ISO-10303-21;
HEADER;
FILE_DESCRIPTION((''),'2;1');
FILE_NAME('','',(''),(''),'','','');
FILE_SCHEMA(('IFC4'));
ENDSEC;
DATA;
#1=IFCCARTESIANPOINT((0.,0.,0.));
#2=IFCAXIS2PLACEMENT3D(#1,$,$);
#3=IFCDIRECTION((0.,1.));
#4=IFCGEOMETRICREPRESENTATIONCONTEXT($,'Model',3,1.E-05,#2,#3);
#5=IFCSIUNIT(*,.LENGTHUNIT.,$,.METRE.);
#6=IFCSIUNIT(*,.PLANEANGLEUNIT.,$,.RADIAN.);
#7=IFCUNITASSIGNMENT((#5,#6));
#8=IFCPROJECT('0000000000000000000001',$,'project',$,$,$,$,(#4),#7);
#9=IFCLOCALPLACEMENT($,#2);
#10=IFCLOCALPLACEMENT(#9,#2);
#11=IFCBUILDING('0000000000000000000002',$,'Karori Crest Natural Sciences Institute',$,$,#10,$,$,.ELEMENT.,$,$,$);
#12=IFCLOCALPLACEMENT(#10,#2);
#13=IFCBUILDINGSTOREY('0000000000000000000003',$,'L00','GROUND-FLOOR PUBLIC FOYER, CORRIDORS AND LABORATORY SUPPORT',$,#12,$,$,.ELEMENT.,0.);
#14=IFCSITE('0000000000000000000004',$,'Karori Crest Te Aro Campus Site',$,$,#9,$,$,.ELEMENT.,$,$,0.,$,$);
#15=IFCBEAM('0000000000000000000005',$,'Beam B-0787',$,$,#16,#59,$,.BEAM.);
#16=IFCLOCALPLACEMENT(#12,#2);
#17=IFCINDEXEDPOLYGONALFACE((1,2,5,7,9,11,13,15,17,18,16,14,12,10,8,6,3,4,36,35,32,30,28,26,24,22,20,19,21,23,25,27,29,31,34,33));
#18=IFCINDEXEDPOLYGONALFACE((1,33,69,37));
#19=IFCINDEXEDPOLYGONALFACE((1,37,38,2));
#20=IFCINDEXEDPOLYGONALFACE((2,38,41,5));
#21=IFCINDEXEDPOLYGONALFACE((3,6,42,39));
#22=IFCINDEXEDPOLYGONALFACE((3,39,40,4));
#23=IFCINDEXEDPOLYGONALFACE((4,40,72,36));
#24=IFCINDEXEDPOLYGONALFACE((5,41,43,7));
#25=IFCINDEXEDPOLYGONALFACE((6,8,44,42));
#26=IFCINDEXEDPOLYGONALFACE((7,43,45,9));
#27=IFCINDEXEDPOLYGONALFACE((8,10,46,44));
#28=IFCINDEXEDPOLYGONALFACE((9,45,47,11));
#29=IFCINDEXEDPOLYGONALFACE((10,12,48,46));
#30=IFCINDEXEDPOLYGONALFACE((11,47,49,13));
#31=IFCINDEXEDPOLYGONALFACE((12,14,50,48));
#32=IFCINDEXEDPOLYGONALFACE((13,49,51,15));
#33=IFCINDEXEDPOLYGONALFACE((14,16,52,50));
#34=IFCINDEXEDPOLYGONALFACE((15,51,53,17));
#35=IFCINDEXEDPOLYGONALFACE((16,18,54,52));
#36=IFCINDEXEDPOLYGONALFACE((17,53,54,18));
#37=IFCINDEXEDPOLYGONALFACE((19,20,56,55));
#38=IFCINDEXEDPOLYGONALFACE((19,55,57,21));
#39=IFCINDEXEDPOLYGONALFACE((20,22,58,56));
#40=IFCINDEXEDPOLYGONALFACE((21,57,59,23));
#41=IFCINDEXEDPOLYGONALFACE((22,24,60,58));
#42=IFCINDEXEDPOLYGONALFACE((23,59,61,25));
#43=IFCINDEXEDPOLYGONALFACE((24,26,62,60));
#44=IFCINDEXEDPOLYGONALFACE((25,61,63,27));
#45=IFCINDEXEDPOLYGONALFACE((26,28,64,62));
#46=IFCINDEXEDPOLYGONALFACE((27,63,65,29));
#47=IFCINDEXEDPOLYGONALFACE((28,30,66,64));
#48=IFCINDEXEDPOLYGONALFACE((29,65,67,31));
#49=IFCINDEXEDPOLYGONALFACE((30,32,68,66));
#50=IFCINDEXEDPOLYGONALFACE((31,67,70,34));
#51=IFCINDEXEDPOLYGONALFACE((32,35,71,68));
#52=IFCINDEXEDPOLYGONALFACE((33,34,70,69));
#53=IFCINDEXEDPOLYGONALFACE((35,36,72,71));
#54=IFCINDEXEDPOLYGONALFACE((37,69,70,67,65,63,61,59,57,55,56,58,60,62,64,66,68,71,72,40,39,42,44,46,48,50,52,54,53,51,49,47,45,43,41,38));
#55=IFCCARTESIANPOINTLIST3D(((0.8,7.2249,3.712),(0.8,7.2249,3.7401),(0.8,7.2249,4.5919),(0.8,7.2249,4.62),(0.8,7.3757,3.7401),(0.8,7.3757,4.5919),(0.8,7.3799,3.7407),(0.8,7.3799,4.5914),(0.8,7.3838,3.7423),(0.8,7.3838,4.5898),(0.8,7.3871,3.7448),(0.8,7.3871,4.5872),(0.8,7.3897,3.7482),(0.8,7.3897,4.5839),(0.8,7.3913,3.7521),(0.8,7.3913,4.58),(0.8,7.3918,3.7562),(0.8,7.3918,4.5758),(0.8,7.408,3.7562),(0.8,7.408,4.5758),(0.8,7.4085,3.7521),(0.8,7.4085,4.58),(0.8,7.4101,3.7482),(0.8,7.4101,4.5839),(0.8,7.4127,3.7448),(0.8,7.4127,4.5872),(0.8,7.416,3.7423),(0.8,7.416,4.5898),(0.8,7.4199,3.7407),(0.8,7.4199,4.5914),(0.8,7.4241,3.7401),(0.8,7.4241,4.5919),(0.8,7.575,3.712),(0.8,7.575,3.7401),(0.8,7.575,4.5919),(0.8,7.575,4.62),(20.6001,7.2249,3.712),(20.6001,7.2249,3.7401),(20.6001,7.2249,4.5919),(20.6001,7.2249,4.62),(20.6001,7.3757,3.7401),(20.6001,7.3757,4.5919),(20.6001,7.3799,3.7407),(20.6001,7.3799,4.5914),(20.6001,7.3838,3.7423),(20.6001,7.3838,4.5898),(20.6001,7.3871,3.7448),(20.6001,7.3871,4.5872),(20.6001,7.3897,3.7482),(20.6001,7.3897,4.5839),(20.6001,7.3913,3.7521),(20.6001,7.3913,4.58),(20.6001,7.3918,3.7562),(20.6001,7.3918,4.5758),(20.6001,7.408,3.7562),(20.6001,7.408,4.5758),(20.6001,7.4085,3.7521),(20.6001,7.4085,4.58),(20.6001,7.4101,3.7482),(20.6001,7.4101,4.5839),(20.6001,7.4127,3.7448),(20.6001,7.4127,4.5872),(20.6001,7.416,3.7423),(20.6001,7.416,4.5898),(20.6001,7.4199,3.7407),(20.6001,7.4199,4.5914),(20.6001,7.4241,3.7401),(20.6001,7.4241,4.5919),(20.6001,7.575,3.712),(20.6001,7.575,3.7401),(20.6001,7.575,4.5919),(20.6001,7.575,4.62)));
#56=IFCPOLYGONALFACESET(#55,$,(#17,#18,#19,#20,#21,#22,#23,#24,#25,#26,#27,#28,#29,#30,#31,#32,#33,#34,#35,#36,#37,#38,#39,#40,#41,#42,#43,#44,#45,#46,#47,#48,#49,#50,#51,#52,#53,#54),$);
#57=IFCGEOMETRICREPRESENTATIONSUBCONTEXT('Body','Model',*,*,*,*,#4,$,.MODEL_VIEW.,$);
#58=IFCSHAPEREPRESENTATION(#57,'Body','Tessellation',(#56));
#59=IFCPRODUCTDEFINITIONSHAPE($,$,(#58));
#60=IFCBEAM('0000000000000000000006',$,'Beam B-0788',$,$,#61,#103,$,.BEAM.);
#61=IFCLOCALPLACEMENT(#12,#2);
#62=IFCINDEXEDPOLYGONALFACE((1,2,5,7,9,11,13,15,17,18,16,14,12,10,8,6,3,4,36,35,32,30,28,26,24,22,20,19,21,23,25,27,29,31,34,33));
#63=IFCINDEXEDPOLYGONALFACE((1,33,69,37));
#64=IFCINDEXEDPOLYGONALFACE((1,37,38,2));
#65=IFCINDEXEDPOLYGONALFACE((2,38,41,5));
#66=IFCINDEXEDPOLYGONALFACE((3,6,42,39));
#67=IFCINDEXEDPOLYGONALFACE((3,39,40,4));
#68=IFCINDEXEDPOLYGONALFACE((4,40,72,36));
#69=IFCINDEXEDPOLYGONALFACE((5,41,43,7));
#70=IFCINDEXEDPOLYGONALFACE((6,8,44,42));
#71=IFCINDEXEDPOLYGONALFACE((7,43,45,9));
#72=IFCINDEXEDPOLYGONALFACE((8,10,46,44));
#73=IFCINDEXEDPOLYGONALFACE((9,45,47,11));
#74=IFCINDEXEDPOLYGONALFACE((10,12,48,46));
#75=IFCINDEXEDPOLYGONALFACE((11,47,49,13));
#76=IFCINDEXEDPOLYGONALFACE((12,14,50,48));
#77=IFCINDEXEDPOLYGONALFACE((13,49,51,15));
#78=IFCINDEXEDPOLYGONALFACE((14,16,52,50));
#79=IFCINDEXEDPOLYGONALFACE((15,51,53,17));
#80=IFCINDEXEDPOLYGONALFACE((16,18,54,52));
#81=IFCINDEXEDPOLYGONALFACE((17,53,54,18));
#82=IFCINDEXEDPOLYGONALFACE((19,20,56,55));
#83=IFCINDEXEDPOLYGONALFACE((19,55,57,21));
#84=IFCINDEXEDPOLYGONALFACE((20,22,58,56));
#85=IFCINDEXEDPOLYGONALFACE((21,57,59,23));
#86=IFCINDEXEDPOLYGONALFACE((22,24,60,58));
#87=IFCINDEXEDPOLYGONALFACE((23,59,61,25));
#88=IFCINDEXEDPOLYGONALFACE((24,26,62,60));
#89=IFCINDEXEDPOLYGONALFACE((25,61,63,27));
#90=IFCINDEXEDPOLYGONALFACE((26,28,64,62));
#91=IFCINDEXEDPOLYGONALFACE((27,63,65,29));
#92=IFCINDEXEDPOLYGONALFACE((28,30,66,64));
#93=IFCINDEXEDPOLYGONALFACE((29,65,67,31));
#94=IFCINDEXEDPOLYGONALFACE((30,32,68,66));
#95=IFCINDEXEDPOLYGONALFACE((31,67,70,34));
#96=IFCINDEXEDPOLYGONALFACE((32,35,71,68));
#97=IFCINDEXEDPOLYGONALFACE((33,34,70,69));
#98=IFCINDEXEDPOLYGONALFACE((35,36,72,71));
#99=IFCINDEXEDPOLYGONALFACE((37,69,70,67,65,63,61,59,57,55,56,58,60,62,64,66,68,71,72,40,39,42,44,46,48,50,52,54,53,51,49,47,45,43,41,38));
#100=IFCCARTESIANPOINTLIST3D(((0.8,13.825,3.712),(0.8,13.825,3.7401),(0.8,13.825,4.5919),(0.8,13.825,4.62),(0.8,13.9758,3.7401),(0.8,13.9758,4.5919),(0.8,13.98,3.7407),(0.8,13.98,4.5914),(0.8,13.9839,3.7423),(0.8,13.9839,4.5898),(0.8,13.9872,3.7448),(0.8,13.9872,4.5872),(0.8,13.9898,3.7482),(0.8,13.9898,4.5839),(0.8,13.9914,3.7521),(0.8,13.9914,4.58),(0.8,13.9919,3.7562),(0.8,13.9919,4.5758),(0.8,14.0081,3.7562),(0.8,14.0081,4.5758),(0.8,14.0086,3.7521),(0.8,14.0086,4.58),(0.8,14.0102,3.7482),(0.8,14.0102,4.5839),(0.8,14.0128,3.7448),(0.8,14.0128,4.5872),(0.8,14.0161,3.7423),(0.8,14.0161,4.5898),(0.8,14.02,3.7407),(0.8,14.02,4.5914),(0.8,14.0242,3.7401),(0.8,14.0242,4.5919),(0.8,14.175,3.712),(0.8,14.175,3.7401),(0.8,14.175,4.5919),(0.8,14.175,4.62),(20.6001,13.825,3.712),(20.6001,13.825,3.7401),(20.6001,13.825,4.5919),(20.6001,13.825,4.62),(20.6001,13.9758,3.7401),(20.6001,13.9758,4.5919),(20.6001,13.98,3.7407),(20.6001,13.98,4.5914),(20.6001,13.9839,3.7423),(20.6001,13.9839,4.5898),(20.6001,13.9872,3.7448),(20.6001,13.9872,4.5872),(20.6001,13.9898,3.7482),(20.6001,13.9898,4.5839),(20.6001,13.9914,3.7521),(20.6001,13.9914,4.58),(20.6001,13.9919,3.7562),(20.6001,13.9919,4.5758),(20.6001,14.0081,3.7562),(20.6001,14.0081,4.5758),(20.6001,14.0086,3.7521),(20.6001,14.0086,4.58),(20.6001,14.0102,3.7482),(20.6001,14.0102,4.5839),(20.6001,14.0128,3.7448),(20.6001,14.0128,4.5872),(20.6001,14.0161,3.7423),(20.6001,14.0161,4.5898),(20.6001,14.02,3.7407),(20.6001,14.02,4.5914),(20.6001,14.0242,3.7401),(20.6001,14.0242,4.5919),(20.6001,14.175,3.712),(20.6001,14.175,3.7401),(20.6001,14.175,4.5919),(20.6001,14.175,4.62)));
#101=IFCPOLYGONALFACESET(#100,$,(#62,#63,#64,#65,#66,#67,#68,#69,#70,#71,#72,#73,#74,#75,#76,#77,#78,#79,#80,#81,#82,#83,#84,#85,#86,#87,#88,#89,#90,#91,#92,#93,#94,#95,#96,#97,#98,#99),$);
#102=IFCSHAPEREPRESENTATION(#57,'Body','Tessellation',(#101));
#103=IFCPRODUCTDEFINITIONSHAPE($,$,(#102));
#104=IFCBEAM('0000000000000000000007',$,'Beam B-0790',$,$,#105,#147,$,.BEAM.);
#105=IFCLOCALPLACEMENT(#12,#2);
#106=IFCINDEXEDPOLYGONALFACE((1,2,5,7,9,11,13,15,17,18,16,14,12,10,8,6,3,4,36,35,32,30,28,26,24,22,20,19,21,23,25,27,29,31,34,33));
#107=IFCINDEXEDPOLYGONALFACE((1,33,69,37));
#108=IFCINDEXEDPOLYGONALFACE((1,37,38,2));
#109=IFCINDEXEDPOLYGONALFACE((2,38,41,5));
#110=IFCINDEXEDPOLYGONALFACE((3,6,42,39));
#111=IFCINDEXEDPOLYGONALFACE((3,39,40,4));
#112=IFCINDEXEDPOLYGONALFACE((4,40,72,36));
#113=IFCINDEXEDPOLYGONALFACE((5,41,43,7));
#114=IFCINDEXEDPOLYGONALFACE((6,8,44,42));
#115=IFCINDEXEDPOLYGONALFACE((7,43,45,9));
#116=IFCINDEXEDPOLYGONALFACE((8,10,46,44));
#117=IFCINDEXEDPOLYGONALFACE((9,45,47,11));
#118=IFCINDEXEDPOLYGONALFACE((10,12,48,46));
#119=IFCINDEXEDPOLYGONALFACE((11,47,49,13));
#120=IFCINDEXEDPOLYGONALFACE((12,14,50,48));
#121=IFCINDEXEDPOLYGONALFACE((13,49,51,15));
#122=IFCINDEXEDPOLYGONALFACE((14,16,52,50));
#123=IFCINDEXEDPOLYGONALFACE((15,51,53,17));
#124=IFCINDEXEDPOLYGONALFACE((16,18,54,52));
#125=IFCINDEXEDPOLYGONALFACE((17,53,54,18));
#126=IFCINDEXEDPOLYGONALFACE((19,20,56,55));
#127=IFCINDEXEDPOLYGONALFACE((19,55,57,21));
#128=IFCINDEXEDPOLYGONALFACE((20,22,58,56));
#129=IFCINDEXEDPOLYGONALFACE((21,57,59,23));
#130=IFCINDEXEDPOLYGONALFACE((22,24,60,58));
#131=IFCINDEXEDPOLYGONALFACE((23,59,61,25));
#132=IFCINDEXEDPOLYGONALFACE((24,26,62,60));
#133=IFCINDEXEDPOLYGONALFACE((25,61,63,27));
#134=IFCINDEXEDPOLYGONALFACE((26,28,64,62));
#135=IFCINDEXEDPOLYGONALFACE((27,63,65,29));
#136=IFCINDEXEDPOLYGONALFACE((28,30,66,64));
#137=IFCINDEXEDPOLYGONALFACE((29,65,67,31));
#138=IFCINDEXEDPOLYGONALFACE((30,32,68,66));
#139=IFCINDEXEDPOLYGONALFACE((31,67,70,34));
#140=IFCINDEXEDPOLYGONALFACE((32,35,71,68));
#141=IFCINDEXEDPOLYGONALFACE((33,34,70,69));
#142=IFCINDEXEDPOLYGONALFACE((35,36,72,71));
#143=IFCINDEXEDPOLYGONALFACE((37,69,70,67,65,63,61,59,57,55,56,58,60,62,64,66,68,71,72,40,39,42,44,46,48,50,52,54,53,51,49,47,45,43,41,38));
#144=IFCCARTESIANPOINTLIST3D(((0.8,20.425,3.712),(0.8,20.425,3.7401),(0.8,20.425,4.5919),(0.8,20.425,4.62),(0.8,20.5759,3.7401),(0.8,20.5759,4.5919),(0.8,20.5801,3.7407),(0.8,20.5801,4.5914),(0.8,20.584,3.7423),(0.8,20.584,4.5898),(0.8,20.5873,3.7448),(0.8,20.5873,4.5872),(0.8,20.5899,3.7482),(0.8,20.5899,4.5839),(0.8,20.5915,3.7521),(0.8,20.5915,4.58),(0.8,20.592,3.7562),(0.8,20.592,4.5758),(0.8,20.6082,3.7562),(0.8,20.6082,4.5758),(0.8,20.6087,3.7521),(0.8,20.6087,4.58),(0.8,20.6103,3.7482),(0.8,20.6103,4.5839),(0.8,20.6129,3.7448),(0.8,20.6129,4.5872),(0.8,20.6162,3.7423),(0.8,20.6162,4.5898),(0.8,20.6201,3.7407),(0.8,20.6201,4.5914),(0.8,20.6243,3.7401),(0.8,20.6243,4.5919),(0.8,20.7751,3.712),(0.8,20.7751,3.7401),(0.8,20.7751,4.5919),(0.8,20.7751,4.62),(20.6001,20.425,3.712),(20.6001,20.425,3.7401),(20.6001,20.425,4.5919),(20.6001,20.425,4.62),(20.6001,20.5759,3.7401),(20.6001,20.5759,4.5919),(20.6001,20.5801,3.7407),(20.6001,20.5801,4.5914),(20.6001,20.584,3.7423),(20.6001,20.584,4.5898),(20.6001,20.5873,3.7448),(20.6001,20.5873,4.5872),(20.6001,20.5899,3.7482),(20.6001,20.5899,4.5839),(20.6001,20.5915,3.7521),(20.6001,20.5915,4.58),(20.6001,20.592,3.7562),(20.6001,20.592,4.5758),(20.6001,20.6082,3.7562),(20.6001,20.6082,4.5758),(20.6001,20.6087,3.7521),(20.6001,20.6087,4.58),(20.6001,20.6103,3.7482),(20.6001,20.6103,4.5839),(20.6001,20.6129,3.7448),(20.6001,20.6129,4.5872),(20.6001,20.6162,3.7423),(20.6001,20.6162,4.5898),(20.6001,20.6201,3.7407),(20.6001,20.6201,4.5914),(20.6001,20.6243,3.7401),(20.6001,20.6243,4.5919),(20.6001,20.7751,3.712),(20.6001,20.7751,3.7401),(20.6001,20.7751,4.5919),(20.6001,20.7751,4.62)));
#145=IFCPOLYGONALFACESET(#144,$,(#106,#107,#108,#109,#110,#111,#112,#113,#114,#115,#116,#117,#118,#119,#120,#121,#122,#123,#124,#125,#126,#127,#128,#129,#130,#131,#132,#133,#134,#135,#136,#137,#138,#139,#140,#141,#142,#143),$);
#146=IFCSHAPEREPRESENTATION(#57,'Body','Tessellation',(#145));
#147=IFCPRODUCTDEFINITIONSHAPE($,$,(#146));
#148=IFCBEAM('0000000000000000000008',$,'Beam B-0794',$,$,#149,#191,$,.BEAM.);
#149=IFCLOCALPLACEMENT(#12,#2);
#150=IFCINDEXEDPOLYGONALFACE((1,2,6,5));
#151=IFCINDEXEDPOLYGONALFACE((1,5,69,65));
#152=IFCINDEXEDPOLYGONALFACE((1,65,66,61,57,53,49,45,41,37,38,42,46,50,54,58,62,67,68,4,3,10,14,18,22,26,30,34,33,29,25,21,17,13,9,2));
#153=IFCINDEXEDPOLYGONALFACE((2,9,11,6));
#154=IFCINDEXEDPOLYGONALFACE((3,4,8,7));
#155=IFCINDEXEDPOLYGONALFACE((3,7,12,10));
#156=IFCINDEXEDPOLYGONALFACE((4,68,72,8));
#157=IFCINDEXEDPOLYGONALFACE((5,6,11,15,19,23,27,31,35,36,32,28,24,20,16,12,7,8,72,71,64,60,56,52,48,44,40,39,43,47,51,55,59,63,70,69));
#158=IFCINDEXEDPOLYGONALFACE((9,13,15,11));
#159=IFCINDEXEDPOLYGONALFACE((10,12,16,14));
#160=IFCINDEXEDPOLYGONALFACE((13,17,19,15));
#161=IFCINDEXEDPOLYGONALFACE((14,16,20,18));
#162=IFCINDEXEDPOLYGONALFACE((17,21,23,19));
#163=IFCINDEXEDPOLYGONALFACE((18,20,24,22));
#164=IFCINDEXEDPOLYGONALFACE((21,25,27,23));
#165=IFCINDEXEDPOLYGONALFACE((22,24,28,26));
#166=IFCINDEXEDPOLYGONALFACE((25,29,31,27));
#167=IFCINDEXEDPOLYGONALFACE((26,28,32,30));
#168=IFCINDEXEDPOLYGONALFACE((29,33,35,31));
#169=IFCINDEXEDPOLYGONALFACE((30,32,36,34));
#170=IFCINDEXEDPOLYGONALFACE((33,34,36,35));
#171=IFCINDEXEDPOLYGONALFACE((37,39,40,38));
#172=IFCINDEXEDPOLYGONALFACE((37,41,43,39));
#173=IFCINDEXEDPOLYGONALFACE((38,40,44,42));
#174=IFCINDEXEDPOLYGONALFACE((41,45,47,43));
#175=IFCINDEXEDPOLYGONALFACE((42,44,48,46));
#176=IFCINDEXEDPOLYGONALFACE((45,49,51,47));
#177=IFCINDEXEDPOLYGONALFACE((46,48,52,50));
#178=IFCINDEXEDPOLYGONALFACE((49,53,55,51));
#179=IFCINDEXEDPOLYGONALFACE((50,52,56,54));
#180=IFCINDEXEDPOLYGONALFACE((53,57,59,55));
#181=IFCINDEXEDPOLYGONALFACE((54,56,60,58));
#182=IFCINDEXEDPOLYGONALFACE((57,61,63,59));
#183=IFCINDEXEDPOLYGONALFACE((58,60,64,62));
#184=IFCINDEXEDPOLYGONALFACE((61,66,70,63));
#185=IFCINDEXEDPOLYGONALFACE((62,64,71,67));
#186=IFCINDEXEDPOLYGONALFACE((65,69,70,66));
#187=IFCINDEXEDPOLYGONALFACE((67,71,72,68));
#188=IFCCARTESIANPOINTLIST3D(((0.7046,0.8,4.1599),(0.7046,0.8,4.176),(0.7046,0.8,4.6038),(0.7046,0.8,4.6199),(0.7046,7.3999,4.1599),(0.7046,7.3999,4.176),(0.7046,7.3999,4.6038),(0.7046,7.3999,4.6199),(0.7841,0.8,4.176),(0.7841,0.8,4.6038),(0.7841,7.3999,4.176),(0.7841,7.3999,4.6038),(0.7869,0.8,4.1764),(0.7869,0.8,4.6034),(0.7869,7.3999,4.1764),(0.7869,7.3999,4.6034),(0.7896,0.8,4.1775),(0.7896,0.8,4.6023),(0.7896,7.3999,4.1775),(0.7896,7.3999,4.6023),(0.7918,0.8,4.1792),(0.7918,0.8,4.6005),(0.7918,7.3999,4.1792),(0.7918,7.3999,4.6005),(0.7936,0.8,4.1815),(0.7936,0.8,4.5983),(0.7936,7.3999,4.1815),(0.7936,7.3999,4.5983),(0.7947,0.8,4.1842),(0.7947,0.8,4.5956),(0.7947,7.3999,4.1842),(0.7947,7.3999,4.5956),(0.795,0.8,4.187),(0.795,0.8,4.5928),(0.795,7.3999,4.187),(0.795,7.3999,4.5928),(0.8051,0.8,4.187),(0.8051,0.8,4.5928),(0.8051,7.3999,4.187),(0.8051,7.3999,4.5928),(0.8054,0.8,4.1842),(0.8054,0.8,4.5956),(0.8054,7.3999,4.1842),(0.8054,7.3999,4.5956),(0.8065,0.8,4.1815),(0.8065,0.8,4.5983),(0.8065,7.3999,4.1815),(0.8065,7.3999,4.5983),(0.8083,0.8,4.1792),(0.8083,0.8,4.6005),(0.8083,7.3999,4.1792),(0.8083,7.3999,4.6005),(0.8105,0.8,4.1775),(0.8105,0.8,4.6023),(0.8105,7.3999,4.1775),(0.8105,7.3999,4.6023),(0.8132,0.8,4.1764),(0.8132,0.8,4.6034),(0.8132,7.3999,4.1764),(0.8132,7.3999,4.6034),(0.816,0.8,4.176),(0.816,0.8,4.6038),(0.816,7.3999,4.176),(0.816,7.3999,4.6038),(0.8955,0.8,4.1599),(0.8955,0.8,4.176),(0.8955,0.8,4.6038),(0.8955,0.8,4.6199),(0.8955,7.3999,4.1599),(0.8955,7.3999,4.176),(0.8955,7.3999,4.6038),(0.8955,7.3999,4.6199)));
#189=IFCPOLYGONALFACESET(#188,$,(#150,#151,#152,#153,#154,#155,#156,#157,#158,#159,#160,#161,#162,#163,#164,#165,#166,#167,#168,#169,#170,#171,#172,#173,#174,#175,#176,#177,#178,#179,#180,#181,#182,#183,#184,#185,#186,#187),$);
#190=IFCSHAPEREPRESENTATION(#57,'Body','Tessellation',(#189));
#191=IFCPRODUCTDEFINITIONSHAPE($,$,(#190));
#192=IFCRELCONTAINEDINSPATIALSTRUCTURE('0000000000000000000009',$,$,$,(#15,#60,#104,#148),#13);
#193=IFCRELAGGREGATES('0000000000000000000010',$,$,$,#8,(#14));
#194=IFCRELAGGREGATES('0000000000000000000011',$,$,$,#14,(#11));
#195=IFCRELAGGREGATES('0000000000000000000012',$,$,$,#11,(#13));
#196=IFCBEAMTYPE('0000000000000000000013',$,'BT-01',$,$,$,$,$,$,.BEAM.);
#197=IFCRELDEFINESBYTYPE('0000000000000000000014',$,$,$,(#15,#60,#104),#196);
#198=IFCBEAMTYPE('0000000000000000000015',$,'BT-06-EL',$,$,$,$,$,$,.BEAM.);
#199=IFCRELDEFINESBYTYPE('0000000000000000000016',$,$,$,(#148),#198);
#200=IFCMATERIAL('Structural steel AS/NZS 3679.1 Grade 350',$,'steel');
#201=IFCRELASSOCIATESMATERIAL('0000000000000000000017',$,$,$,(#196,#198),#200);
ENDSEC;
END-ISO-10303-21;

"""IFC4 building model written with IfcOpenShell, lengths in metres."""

from ifc_helpers import new_model, si_unit, direction, frame, origin, origin_2d, place, context, subcontext, project, spatial, i_section, extrude, material, material_profile, profile_set, type_object, element, save


model = new_model("IFC4")

# Units and contexts
model_context = context("Model", 3, precision=1e-05, world=origin(), true_north=direction((0.0, 1.0)))
body_context = subcontext(model_context, "Body", "Model", "MODEL_VIEW")
ifc_project = project(units=[si_unit("LENGTHUNIT", "METRE"), si_unit("PLANEANGLEUNIT", "RADIAN")], contexts=[model_context])

# Site, building, storey
site_placement = place(None, origin())
site = spatial("IfcSite", under=ifc_project, at=site_placement, Name="Karori Crest Te Aro Campus Site", CompositionType="ELEMENT", RefElevation=0.0)
building_placement = place(site_placement, origin())
building = spatial("IfcBuilding", under=site, at=building_placement, Name="Karori Crest Natural Sciences Institute", CompositionType="ELEMENT")
storey_placement = place(building_placement, origin())
storey = spatial("IfcBuildingStorey", under=building, at=storey_placement, Name="L00", Description="GROUND-FLOOR PUBLIC FOYER, CORRIDORS AND LABORATORY SUPPORT", CompositionType="ELEMENT", Elevation=0.0)

# Shared definitions
ifc_material_1 = material(Name="Structural steel AS/NZS 3679.1 Grade 350", Category="steel")

# Beams
ifc_material_profile_1 = material_profile(ifc_material_1, i_section(OverallWidth=0.3501, OverallDepth=0.908, WebThickness=0.0161, FlangeThickness=0.0281, FilletRadius=0.0161, at=origin_2d()), Name="900WB257")
ifc_profile_set_1 = profile_set([ifc_material_profile_1], Name="Structural steel AS/NZS 3679.1 Grade 350")
beam_type_1 = type_object("IfcBeamType", Name="BT-01", PredefinedType="BEAM", material=ifc_profile_set_1)
for number, where, z_axis, x_axis, name in (
    (1, (0.8, 7.3999, 4.166), (1.0, 0.0, 0.0), (0.0, 1.0, 0.0), "Beam B-0787"),
    (2, (0.8, 14.0, 4.166), (1.0, 0.0, 0.0), (0.0, 1.0, 0.0), "Beam B-0788"),
    (3, (0.8, 20.6001, 4.166), (1.0, 0.0, 0.0), (0.0, 1.0, 0.0), "Beam B-0790"),
):
    element("IfcBeam", number, at=place(storey_placement, frame(where, z_axis=z_axis, x_axis=x_axis)), inside=storey, type_object=beam_type_1, Name=name, PredefinedType="BEAM", context=body_context, shape_type="SweptSolid", body=[
        extrude(i_section(OverallWidth=0.3501, OverallDepth=0.908, WebThickness=0.0161, FlangeThickness=0.0281, FilletRadius=0.0161, at=origin_2d()), origin(), (0.0, 0.0, 1.0), 19.8),
    ])
ifc_material_profile_2 = material_profile(ifc_material_1, i_section(OverallWidth=0.1909, OverallDepth=0.46, WebThickness=0.01, FlangeThickness=0.0161, FilletRadius=0.011, at=origin_2d()), Name="460UB82.1")
ifc_profile_set_2 = profile_set([ifc_material_profile_2], Name="Structural steel AS/NZS 3679.1 Grade 350")
beam_type_2 = type_object("IfcBeamType", Name="BT-06-EL", PredefinedType="BEAM", material=ifc_profile_set_2)
beam_1_placement = place(storey_placement, frame((0.8, 0.8, 4.3899), z_axis=(0.0, 1.0, 0.0), x_axis=(-1.0, 0.0, 0.0)))
element("IfcBeam", 4, at=beam_1_placement, inside=storey, type_object=beam_type_2, Name="Beam B-0794", PredefinedType="BEAM", context=body_context, shape_type="SweptSolid", body=[
    extrude(i_section(OverallWidth=0.1909, OverallDepth=0.46, WebThickness=0.01, FlangeThickness=0.0161, FilletRadius=0.011, at=origin_2d()), origin(), (0.0, 0.0, 1.0), 6.5999),
])

save(model, "model.ifc")
